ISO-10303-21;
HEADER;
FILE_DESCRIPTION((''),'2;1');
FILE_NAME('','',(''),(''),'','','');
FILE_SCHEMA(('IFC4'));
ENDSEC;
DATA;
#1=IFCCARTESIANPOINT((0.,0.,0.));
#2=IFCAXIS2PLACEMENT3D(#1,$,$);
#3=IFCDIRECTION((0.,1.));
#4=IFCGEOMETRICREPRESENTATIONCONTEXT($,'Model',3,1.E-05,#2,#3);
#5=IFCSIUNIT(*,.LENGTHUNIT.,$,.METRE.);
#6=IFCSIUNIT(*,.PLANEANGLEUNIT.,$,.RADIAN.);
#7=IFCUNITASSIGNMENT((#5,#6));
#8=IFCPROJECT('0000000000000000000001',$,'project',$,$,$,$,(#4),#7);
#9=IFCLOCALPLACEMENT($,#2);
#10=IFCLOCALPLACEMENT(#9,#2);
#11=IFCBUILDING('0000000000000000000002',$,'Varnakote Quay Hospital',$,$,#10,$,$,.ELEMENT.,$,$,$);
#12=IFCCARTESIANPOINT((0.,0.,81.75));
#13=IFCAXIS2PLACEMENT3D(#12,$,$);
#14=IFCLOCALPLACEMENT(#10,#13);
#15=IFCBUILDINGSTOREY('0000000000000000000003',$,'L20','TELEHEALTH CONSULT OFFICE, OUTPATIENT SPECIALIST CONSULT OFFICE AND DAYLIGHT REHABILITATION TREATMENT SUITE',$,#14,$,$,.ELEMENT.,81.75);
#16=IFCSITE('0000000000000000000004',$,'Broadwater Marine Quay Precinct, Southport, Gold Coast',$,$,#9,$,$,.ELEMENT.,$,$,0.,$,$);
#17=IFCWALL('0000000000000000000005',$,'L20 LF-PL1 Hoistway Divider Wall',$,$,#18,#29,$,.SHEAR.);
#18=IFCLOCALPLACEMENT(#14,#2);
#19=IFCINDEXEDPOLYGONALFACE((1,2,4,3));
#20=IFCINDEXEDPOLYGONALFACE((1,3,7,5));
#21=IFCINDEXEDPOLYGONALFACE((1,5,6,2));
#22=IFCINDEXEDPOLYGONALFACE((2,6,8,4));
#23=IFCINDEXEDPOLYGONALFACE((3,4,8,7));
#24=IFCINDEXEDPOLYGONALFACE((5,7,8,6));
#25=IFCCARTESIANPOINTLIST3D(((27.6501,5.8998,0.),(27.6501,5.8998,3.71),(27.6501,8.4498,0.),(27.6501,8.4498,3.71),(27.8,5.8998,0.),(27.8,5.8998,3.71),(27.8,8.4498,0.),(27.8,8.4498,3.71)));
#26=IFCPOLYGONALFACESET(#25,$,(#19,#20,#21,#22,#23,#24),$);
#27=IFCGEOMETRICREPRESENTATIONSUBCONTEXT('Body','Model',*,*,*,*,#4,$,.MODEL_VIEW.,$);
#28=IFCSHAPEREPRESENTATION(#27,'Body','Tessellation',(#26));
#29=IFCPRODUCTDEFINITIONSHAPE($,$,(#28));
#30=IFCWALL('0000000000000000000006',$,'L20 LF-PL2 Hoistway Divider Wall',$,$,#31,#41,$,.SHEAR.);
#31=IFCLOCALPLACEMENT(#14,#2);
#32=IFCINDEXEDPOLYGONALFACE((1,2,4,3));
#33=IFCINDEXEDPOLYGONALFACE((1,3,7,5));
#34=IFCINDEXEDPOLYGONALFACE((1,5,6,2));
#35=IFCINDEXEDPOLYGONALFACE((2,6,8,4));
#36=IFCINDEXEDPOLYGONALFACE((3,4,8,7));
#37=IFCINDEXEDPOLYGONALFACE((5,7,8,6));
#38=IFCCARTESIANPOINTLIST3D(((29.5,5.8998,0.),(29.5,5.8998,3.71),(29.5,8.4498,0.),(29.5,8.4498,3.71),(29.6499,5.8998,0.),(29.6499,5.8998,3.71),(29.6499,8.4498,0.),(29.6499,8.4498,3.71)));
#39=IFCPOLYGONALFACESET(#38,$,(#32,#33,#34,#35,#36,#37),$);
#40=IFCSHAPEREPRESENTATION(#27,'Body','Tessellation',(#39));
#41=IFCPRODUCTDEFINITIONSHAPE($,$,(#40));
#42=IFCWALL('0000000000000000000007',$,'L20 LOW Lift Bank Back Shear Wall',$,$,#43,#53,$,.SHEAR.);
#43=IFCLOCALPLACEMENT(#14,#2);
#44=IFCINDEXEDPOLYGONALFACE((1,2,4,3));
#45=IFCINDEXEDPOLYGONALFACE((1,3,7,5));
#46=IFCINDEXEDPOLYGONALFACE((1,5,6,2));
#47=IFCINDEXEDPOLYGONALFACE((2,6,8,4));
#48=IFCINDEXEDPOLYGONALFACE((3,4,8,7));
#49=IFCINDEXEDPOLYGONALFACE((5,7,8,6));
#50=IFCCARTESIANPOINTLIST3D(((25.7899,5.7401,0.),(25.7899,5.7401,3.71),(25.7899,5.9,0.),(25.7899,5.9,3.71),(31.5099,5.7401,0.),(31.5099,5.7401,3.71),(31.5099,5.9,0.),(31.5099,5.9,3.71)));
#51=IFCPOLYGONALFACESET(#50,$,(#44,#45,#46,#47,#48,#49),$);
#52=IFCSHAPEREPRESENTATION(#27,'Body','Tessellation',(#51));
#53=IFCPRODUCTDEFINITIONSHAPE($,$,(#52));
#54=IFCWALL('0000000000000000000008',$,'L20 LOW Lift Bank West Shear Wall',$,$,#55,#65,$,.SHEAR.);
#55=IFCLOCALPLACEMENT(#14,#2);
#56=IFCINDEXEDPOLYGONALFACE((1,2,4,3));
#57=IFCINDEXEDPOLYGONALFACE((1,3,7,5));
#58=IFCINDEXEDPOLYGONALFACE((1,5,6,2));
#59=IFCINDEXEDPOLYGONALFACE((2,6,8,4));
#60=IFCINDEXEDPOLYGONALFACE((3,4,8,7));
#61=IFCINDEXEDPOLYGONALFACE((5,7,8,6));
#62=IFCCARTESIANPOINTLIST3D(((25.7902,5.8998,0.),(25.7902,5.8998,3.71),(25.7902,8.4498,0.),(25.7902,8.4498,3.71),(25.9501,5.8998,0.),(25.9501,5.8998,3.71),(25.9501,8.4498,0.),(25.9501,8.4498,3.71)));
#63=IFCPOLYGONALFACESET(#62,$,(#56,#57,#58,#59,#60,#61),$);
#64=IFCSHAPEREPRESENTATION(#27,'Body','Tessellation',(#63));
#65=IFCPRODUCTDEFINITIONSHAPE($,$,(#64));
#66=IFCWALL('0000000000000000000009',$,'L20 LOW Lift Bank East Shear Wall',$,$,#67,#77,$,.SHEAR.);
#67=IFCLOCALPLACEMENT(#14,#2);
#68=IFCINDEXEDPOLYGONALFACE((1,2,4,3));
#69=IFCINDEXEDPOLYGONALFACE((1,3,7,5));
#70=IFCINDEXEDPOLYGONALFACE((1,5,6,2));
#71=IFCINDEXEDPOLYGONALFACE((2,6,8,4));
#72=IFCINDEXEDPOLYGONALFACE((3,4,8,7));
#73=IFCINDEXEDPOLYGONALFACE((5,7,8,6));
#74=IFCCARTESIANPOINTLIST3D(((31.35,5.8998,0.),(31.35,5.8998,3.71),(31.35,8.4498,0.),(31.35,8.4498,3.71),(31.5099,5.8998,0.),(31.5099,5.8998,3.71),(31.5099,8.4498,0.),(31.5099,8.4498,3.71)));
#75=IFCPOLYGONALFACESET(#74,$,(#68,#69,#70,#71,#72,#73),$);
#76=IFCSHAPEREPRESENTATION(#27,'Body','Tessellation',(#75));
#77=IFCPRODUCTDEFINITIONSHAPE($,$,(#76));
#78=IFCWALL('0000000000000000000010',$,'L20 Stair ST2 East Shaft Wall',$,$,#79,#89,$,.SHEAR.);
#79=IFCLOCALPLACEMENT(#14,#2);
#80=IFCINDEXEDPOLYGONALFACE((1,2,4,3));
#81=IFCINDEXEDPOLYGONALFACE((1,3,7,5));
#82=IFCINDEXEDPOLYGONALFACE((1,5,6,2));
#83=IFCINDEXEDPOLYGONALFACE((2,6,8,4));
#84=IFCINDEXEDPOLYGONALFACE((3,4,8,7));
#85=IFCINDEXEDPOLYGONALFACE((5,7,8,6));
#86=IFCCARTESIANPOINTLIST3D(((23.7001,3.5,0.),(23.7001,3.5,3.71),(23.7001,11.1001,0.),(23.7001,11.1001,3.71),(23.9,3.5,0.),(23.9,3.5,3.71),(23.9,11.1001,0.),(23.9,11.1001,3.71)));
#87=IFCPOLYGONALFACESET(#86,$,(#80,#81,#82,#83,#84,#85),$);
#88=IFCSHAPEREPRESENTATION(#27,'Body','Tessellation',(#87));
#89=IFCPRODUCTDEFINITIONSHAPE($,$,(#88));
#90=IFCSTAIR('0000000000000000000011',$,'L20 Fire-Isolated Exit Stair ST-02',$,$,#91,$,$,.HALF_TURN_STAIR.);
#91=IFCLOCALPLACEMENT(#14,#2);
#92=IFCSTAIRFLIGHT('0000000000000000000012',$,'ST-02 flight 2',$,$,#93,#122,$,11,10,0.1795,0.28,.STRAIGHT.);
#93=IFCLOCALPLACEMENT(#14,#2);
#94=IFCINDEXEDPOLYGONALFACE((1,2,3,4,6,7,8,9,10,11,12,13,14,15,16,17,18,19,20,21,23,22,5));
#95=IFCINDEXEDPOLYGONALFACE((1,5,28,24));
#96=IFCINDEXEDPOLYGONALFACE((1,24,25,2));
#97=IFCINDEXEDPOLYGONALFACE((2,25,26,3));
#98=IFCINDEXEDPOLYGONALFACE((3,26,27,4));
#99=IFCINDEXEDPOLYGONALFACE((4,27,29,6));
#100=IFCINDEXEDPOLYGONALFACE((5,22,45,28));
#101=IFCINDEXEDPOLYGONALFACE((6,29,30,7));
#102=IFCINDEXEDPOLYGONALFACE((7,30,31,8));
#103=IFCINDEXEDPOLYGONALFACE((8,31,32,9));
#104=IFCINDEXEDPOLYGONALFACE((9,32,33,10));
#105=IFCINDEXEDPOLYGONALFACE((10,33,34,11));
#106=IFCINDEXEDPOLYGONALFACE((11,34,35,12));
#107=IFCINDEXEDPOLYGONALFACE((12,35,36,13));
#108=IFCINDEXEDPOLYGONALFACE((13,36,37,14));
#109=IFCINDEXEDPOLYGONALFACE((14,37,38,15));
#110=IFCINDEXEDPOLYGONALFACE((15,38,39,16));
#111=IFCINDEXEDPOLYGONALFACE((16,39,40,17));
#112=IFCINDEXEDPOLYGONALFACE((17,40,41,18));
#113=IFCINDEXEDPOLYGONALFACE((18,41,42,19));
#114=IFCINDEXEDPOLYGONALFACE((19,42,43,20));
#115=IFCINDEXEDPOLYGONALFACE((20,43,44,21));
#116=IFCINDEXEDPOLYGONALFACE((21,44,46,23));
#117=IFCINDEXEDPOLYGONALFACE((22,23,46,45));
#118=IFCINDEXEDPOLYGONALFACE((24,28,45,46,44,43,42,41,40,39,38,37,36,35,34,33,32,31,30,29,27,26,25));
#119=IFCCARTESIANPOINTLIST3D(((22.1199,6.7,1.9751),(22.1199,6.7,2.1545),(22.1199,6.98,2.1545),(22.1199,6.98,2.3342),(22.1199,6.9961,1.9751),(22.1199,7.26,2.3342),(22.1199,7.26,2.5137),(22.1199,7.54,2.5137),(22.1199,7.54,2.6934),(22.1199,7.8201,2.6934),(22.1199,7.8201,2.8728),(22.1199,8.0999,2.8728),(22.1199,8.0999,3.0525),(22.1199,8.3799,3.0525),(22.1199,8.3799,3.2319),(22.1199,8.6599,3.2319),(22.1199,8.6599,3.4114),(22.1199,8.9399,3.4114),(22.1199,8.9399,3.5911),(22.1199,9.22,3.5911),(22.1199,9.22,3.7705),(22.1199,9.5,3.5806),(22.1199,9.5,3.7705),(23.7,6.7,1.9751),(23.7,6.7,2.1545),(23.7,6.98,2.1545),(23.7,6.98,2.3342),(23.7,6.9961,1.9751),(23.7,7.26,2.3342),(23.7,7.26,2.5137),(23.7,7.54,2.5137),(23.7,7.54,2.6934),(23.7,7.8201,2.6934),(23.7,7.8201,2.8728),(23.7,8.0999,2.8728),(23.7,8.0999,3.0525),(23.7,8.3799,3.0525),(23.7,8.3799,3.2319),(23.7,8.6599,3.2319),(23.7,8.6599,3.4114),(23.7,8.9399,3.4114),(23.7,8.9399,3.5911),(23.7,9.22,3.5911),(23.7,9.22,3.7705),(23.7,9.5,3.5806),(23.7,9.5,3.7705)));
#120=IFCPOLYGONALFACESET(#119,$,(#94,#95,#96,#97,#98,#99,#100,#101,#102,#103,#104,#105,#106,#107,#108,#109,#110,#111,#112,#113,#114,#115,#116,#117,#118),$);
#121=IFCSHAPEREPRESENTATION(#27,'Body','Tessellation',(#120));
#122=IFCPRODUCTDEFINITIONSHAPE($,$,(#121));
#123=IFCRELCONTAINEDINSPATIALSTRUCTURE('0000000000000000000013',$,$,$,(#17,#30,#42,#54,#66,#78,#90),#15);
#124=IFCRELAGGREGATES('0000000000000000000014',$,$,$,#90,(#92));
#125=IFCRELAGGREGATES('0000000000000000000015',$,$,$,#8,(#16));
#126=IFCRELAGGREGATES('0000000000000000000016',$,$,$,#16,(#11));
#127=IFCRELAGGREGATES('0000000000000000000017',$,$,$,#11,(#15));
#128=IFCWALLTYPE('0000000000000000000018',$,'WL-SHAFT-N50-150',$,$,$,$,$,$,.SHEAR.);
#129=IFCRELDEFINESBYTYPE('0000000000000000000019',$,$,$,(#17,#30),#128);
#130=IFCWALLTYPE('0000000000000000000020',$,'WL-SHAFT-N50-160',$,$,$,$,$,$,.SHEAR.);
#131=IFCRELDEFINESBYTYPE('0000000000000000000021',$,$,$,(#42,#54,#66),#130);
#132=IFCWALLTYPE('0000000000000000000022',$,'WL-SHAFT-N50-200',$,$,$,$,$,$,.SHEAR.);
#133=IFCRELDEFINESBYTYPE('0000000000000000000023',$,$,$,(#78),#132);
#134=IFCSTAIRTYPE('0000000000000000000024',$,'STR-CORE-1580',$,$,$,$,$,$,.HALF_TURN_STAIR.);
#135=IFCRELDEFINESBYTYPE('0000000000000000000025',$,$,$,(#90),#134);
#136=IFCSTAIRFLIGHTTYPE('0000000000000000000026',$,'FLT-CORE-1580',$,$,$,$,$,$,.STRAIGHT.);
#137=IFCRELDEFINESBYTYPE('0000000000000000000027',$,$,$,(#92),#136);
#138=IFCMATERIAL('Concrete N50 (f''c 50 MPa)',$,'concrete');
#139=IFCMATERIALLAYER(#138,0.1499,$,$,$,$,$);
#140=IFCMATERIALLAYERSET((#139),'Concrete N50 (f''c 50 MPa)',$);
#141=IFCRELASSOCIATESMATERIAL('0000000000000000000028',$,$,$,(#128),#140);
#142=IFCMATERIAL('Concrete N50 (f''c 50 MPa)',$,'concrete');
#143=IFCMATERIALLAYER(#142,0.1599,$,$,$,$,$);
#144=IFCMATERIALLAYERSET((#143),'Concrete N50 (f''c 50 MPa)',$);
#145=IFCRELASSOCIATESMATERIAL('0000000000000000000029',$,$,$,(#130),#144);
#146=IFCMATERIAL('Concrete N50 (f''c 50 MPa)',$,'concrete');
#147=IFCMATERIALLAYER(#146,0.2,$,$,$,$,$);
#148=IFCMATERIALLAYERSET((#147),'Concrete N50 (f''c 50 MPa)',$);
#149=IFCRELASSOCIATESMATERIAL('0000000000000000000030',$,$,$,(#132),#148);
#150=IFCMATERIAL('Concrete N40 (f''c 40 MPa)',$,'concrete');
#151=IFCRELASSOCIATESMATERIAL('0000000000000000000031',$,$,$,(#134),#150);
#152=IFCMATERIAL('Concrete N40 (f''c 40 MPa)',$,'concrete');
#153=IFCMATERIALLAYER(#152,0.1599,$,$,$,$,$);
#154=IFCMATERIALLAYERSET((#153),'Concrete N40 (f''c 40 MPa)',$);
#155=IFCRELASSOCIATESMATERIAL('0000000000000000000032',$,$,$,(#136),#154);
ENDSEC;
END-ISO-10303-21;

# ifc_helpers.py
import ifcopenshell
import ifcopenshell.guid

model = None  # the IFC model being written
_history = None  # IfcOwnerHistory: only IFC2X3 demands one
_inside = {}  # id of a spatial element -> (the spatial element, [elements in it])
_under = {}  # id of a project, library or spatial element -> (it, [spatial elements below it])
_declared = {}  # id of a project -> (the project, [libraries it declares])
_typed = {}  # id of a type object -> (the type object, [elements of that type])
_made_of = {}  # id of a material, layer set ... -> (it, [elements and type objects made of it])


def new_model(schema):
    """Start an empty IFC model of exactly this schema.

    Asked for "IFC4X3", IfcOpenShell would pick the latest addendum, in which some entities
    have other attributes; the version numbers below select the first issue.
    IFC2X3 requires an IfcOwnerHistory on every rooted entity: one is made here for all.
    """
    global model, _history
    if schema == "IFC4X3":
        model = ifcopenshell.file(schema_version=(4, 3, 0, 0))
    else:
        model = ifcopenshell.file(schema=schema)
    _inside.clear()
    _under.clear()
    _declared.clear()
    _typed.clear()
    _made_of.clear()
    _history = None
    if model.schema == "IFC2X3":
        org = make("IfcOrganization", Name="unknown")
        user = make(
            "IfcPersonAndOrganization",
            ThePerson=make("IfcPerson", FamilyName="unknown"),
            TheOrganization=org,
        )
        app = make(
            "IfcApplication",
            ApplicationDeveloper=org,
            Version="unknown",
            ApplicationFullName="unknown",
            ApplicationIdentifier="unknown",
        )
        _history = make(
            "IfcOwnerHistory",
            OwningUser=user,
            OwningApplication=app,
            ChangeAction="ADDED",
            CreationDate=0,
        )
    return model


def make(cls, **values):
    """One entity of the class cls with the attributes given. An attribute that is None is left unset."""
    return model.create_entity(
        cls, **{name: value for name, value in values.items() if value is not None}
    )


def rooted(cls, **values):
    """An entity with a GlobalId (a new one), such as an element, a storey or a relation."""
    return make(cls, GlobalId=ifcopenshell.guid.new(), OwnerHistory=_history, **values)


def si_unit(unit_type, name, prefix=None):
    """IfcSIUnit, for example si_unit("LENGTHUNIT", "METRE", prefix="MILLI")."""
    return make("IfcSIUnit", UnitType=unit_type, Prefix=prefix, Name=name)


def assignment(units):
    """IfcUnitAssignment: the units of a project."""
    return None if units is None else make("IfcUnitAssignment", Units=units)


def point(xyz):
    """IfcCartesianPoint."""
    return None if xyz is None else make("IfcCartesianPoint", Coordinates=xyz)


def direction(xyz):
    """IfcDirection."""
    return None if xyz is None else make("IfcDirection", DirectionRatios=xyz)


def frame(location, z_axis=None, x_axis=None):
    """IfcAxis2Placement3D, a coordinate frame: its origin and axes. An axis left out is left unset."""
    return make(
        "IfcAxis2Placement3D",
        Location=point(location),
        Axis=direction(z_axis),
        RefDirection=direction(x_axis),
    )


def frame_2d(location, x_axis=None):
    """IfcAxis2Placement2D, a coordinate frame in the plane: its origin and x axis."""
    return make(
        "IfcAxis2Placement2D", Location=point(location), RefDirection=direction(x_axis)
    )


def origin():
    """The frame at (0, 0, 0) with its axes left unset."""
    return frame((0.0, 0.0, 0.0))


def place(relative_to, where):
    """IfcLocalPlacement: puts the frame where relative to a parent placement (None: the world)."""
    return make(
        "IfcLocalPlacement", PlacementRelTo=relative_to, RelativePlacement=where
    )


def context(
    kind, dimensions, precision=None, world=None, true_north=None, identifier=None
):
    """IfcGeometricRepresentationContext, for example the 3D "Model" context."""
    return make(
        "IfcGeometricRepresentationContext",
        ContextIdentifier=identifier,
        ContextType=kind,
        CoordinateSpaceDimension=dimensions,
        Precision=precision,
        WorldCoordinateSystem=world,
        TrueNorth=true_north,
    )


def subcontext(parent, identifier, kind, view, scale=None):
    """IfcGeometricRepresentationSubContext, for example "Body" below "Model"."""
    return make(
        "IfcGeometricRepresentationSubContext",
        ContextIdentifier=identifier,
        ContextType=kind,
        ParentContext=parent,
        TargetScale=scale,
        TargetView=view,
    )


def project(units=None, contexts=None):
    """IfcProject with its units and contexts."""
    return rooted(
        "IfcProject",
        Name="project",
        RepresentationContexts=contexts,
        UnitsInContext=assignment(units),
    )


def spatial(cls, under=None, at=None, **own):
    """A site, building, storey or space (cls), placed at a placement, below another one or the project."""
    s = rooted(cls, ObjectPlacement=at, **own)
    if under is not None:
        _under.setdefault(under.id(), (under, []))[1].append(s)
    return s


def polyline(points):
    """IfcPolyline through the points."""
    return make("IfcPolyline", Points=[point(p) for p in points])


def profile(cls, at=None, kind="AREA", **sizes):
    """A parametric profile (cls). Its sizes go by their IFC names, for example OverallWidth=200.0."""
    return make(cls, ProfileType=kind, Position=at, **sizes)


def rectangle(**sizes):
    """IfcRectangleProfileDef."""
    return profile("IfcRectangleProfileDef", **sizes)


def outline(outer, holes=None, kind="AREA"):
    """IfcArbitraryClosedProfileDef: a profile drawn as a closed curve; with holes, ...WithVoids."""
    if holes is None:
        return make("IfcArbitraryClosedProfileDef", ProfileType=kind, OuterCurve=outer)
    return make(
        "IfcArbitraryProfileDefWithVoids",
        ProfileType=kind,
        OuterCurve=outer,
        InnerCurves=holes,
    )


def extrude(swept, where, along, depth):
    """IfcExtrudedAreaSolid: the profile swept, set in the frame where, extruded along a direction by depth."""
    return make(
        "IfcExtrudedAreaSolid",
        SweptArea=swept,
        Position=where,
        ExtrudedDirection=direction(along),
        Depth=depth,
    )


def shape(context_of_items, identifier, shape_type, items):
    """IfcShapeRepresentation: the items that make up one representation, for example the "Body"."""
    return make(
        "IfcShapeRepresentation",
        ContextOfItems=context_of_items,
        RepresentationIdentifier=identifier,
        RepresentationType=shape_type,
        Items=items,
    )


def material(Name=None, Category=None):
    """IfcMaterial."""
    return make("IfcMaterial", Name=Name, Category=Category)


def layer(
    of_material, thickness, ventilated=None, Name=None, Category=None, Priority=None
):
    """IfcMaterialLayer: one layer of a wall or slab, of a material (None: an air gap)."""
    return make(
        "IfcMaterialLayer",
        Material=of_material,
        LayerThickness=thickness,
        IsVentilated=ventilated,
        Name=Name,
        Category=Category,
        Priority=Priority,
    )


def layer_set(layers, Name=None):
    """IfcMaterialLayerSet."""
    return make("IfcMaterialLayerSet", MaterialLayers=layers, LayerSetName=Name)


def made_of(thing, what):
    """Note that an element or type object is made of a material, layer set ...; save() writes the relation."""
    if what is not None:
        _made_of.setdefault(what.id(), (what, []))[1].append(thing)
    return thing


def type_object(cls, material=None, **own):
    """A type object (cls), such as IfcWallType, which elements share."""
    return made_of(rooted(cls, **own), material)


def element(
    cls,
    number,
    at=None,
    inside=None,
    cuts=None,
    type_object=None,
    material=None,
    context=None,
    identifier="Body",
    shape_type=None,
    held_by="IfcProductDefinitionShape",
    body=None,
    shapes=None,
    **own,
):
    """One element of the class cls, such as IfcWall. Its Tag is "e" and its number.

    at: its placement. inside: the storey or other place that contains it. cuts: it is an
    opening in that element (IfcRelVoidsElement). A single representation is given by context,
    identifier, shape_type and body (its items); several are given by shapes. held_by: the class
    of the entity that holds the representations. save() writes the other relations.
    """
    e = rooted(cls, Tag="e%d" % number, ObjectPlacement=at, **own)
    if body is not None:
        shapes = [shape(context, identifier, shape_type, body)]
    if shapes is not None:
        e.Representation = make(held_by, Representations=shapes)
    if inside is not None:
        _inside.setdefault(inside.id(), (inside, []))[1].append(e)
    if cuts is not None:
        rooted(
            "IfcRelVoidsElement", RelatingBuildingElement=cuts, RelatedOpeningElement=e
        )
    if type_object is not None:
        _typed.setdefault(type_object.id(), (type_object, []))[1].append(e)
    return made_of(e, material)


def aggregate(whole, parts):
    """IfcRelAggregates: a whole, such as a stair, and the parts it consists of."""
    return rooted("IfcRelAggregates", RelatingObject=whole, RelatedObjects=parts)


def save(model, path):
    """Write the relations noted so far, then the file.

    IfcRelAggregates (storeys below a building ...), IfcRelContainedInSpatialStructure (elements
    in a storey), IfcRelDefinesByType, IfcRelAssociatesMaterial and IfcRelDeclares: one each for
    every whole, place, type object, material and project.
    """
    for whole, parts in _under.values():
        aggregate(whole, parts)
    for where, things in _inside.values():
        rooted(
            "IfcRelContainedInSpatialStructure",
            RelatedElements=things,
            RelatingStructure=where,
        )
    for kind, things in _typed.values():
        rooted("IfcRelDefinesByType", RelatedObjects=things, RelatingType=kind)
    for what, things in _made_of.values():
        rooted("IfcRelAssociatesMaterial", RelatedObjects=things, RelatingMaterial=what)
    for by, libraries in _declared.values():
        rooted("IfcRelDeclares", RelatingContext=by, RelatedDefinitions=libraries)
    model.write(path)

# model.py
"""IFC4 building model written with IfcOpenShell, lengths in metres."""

from ifc_helpers import new_model, si_unit, direction, frame, frame_2d, origin, place, context, subcontext, project, spatial, polyline, rectangle, outline, extrude, material, layer, layer_set, type_object, element, aggregate, save


model = new_model("IFC4")

# Units and contexts
model_context = context("Model", 3, precision=1e-05, world=origin(), true_north=direction((0.0, 1.0)))
body_context = subcontext(model_context, "Body", "Model", "MODEL_VIEW")
ifc_project = project(units=[si_unit("LENGTHUNIT", "METRE"), si_unit("PLANEANGLEUNIT", "RADIAN")], contexts=[model_context])

# Site, building, storey
site_placement = place(None, origin())
site = spatial("IfcSite", under=ifc_project, at=site_placement, Name="Broadwater Marine Quay Precinct, Southport, Gold Coast", CompositionType="ELEMENT", RefElevation=0.0)
building_placement = place(site_placement, origin())
building = spatial("IfcBuilding", under=site, at=building_placement, Name="Varnakote Quay Hospital", CompositionType="ELEMENT")
storey_placement = place(building_placement, frame((0.0, 0.0, 81.75)))
storey = spatial("IfcBuildingStorey", under=building, at=storey_placement, Name="L20", Description="TELEHEALTH CONSULT OFFICE, OUTPATIENT SPECIALIST CONSULT OFFICE AND DAYLIGHT REHABILITATION TREATMENT SUITE", CompositionType="ELEMENT", Elevation=81.75)

# Walls
ifc_material_1 = material(Name="Concrete N50 (f'c 50 MPa)", Category="concrete")
ifc_layer_1 = layer(ifc_material_1, 0.1499)
ifc_layer_set_1 = layer_set([ifc_layer_1], Name="Concrete N50 (f'c 50 MPa)")
wall_type_1 = type_object("IfcWallType", Name="WL-SHAFT-N50-150", PredefinedType="SHEAR", material=ifc_layer_set_1)
for number, where, z_axis, x_axis, name in (
    (1, (27.7251, 5.8999, 0.0), (0.0, 0.0, 1.0), (0.0, 1.0, 0.0), "L20 LF-PL1 Hoistway Divider Wall"),
    (2, (29.575, 5.8999, 0.0), (0.0, 0.0, 1.0), (0.0, 1.0, 0.0), "L20 LF-PL2 Hoistway Divider Wall"),
):
    element("IfcWall", number, at=place(storey_placement, frame(where, z_axis=z_axis, x_axis=x_axis)), inside=storey, type_object=wall_type_1, Name=name, PredefinedType="SHEAR", context=body_context, shape_type="SweptSolid", body=[
        extrude(rectangle(XDim=2.55, YDim=0.1499, at=frame_2d((1.2749, 0.0))), origin(), (0.0, 0.0, 1.0), 3.71),
    ])
ifc_material_2 = material(Name="Concrete N50 (f'c 50 MPa)", Category="concrete")
ifc_layer_2 = layer(ifc_material_2, 0.1599)
ifc_layer_set_2 = layer_set([ifc_layer_2], Name="Concrete N50 (f'c 50 MPa)")
wall_type_2 = type_object("IfcWallType", Name="WL-SHAFT-N50-160", PredefinedType="SHEAR", material=ifc_layer_set_2)
wall_1_placement = place(storey_placement, frame((25.79, 5.8201, 0.0), z_axis=(0.0, 0.0, 1.0), x_axis=(1.0, 0.0, 0.0)))
element("IfcWall", 3, at=wall_1_placement, inside=storey, type_object=wall_type_2, Name="L20 LOW Lift Bank Back Shear Wall", PredefinedType="SHEAR", context=body_context, shape_type="SweptSolid", body=[
    extrude(rectangle(XDim=5.72, YDim=0.1599, at=frame_2d((2.8599, 0.0))), origin(), (0.0, 0.0, 1.0), 3.71),
])
for number, where, z_axis, x_axis, name in (
    (4, (25.8701, 5.8999, 0.0), (0.0, 0.0, 1.0), (0.0, 1.0, 0.0), "L20 LOW Lift Bank West Shear Wall"),
    (5, (31.4299, 5.8999, 0.0), (0.0, 0.0, 1.0), (0.0, 1.0, 0.0), "L20 LOW Lift Bank East Shear Wall"),
):
    element("IfcWall", number, at=place(storey_placement, frame(where, z_axis=z_axis, x_axis=x_axis)), inside=storey, type_object=wall_type_2, Name=name, PredefinedType="SHEAR", context=body_context, shape_type="SweptSolid", body=[
        extrude(rectangle(XDim=2.55, YDim=0.1599, at=frame_2d((1.2749, 0.0))), origin(), (0.0, 0.0, 1.0), 3.71),
    ])

# Wall
ifc_material_3 = material(Name="Concrete N50 (f'c 50 MPa)", Category="concrete")
ifc_layer_3 = layer(ifc_material_3, 0.2)
ifc_layer_set_3 = layer_set([ifc_layer_3], Name="Concrete N50 (f'c 50 MPa)")
wall_type_3 = type_object("IfcWallType", Name="WL-SHAFT-N50-200", PredefinedType="SHEAR", material=ifc_layer_set_3)
wall_2_placement = place(storey_placement, frame((23.8, 3.5, 0.0), z_axis=(0.0, 0.0, 1.0), x_axis=(0.0, 1.0, 0.0)))
element("IfcWall", 6, at=wall_2_placement, inside=storey, type_object=wall_type_3, Name="L20 Stair ST2 East Shaft Wall", PredefinedType="SHEAR", context=body_context, shape_type="SweptSolid", body=[
    extrude(rectangle(XDim=7.6001, YDim=0.2, at=frame_2d((3.8, 0.0))), origin(), (0.0, 0.0, 1.0), 3.71),
])

# Stair, stair flight
ifc_material_4 = material(Name="Concrete N40 (f'c 40 MPa)", Category="concrete")
stair_type = type_object("IfcStairType", Name="STR-CORE-1580", PredefinedType="HALF_TURN_STAIR", material=ifc_material_4)
stair_placement = place(storey_placement, origin())
stair = element("IfcStair", 7, at=stair_placement, inside=storey, type_object=stair_type, Name="L20 Fire-Isolated Exit Stair ST-02", PredefinedType="HALF_TURN_STAIR")
ifc_material_5 = material(Name="Concrete N40 (f'c 40 MPa)", Category="concrete")
ifc_layer_4 = layer(ifc_material_5, 0.1599)
ifc_layer_set_4 = layer_set([ifc_layer_4], Name="Concrete N40 (f'c 40 MPa)")
stair_flight_type = type_object("IfcStairFlightType", Name="FLT-CORE-1580", PredefinedType="STRAIGHT", material=ifc_layer_set_4)
stair_flight_placement = place(storey_placement, frame((22.9099, 6.7, 1.9751), z_axis=(0.0, 0.0, 1.0), x_axis=(0.0, 1.0, 0.0)))
stair_flight = element("IfcStairFlight", 8, at=stair_flight_placement, type_object=stair_flight_type, Name="ST-02 flight 2", NumberOfRisers=11, NumberOfTreads=10, PredefinedType="STRAIGHT", RiserHeight=0.1795, TreadLength=0.28, context=body_context, shape_type="SweptSolid", body=[
    extrude(outline(polyline([(0.0, 0.0), (0.0, 0.1794), (0.28, 0.1794), (0.28, 0.3591), (0.5601, 0.3591), (0.5601, 0.5386), (0.8401, 0.5386), (0.8401, 0.7183), (1.1201, 0.7183), (1.1201, 0.8977), (1.3999, 0.8977), (1.3999, 1.0774), (1.6799, 1.0774), (1.6799, 1.2568), (1.96, 1.2568), (1.96, 1.4363), (2.24, 1.4363), (2.24, 1.616), (2.52, 1.616), (2.52, 1.7954), (2.8, 1.7954), (2.8, 1.9751), (2.8, 1.6055), (0.2961, 0.0), (0.0, 0.0)])), frame((0.0, 0.79, 0.0), z_axis=(0.0, -1.0, 0.0), x_axis=(1.0, 0.0, 0.0)), (0.0, 0.0, 1.0), 1.5801),
])
aggregate(stair, [stair_flight])

save(model, "model.ifc")
